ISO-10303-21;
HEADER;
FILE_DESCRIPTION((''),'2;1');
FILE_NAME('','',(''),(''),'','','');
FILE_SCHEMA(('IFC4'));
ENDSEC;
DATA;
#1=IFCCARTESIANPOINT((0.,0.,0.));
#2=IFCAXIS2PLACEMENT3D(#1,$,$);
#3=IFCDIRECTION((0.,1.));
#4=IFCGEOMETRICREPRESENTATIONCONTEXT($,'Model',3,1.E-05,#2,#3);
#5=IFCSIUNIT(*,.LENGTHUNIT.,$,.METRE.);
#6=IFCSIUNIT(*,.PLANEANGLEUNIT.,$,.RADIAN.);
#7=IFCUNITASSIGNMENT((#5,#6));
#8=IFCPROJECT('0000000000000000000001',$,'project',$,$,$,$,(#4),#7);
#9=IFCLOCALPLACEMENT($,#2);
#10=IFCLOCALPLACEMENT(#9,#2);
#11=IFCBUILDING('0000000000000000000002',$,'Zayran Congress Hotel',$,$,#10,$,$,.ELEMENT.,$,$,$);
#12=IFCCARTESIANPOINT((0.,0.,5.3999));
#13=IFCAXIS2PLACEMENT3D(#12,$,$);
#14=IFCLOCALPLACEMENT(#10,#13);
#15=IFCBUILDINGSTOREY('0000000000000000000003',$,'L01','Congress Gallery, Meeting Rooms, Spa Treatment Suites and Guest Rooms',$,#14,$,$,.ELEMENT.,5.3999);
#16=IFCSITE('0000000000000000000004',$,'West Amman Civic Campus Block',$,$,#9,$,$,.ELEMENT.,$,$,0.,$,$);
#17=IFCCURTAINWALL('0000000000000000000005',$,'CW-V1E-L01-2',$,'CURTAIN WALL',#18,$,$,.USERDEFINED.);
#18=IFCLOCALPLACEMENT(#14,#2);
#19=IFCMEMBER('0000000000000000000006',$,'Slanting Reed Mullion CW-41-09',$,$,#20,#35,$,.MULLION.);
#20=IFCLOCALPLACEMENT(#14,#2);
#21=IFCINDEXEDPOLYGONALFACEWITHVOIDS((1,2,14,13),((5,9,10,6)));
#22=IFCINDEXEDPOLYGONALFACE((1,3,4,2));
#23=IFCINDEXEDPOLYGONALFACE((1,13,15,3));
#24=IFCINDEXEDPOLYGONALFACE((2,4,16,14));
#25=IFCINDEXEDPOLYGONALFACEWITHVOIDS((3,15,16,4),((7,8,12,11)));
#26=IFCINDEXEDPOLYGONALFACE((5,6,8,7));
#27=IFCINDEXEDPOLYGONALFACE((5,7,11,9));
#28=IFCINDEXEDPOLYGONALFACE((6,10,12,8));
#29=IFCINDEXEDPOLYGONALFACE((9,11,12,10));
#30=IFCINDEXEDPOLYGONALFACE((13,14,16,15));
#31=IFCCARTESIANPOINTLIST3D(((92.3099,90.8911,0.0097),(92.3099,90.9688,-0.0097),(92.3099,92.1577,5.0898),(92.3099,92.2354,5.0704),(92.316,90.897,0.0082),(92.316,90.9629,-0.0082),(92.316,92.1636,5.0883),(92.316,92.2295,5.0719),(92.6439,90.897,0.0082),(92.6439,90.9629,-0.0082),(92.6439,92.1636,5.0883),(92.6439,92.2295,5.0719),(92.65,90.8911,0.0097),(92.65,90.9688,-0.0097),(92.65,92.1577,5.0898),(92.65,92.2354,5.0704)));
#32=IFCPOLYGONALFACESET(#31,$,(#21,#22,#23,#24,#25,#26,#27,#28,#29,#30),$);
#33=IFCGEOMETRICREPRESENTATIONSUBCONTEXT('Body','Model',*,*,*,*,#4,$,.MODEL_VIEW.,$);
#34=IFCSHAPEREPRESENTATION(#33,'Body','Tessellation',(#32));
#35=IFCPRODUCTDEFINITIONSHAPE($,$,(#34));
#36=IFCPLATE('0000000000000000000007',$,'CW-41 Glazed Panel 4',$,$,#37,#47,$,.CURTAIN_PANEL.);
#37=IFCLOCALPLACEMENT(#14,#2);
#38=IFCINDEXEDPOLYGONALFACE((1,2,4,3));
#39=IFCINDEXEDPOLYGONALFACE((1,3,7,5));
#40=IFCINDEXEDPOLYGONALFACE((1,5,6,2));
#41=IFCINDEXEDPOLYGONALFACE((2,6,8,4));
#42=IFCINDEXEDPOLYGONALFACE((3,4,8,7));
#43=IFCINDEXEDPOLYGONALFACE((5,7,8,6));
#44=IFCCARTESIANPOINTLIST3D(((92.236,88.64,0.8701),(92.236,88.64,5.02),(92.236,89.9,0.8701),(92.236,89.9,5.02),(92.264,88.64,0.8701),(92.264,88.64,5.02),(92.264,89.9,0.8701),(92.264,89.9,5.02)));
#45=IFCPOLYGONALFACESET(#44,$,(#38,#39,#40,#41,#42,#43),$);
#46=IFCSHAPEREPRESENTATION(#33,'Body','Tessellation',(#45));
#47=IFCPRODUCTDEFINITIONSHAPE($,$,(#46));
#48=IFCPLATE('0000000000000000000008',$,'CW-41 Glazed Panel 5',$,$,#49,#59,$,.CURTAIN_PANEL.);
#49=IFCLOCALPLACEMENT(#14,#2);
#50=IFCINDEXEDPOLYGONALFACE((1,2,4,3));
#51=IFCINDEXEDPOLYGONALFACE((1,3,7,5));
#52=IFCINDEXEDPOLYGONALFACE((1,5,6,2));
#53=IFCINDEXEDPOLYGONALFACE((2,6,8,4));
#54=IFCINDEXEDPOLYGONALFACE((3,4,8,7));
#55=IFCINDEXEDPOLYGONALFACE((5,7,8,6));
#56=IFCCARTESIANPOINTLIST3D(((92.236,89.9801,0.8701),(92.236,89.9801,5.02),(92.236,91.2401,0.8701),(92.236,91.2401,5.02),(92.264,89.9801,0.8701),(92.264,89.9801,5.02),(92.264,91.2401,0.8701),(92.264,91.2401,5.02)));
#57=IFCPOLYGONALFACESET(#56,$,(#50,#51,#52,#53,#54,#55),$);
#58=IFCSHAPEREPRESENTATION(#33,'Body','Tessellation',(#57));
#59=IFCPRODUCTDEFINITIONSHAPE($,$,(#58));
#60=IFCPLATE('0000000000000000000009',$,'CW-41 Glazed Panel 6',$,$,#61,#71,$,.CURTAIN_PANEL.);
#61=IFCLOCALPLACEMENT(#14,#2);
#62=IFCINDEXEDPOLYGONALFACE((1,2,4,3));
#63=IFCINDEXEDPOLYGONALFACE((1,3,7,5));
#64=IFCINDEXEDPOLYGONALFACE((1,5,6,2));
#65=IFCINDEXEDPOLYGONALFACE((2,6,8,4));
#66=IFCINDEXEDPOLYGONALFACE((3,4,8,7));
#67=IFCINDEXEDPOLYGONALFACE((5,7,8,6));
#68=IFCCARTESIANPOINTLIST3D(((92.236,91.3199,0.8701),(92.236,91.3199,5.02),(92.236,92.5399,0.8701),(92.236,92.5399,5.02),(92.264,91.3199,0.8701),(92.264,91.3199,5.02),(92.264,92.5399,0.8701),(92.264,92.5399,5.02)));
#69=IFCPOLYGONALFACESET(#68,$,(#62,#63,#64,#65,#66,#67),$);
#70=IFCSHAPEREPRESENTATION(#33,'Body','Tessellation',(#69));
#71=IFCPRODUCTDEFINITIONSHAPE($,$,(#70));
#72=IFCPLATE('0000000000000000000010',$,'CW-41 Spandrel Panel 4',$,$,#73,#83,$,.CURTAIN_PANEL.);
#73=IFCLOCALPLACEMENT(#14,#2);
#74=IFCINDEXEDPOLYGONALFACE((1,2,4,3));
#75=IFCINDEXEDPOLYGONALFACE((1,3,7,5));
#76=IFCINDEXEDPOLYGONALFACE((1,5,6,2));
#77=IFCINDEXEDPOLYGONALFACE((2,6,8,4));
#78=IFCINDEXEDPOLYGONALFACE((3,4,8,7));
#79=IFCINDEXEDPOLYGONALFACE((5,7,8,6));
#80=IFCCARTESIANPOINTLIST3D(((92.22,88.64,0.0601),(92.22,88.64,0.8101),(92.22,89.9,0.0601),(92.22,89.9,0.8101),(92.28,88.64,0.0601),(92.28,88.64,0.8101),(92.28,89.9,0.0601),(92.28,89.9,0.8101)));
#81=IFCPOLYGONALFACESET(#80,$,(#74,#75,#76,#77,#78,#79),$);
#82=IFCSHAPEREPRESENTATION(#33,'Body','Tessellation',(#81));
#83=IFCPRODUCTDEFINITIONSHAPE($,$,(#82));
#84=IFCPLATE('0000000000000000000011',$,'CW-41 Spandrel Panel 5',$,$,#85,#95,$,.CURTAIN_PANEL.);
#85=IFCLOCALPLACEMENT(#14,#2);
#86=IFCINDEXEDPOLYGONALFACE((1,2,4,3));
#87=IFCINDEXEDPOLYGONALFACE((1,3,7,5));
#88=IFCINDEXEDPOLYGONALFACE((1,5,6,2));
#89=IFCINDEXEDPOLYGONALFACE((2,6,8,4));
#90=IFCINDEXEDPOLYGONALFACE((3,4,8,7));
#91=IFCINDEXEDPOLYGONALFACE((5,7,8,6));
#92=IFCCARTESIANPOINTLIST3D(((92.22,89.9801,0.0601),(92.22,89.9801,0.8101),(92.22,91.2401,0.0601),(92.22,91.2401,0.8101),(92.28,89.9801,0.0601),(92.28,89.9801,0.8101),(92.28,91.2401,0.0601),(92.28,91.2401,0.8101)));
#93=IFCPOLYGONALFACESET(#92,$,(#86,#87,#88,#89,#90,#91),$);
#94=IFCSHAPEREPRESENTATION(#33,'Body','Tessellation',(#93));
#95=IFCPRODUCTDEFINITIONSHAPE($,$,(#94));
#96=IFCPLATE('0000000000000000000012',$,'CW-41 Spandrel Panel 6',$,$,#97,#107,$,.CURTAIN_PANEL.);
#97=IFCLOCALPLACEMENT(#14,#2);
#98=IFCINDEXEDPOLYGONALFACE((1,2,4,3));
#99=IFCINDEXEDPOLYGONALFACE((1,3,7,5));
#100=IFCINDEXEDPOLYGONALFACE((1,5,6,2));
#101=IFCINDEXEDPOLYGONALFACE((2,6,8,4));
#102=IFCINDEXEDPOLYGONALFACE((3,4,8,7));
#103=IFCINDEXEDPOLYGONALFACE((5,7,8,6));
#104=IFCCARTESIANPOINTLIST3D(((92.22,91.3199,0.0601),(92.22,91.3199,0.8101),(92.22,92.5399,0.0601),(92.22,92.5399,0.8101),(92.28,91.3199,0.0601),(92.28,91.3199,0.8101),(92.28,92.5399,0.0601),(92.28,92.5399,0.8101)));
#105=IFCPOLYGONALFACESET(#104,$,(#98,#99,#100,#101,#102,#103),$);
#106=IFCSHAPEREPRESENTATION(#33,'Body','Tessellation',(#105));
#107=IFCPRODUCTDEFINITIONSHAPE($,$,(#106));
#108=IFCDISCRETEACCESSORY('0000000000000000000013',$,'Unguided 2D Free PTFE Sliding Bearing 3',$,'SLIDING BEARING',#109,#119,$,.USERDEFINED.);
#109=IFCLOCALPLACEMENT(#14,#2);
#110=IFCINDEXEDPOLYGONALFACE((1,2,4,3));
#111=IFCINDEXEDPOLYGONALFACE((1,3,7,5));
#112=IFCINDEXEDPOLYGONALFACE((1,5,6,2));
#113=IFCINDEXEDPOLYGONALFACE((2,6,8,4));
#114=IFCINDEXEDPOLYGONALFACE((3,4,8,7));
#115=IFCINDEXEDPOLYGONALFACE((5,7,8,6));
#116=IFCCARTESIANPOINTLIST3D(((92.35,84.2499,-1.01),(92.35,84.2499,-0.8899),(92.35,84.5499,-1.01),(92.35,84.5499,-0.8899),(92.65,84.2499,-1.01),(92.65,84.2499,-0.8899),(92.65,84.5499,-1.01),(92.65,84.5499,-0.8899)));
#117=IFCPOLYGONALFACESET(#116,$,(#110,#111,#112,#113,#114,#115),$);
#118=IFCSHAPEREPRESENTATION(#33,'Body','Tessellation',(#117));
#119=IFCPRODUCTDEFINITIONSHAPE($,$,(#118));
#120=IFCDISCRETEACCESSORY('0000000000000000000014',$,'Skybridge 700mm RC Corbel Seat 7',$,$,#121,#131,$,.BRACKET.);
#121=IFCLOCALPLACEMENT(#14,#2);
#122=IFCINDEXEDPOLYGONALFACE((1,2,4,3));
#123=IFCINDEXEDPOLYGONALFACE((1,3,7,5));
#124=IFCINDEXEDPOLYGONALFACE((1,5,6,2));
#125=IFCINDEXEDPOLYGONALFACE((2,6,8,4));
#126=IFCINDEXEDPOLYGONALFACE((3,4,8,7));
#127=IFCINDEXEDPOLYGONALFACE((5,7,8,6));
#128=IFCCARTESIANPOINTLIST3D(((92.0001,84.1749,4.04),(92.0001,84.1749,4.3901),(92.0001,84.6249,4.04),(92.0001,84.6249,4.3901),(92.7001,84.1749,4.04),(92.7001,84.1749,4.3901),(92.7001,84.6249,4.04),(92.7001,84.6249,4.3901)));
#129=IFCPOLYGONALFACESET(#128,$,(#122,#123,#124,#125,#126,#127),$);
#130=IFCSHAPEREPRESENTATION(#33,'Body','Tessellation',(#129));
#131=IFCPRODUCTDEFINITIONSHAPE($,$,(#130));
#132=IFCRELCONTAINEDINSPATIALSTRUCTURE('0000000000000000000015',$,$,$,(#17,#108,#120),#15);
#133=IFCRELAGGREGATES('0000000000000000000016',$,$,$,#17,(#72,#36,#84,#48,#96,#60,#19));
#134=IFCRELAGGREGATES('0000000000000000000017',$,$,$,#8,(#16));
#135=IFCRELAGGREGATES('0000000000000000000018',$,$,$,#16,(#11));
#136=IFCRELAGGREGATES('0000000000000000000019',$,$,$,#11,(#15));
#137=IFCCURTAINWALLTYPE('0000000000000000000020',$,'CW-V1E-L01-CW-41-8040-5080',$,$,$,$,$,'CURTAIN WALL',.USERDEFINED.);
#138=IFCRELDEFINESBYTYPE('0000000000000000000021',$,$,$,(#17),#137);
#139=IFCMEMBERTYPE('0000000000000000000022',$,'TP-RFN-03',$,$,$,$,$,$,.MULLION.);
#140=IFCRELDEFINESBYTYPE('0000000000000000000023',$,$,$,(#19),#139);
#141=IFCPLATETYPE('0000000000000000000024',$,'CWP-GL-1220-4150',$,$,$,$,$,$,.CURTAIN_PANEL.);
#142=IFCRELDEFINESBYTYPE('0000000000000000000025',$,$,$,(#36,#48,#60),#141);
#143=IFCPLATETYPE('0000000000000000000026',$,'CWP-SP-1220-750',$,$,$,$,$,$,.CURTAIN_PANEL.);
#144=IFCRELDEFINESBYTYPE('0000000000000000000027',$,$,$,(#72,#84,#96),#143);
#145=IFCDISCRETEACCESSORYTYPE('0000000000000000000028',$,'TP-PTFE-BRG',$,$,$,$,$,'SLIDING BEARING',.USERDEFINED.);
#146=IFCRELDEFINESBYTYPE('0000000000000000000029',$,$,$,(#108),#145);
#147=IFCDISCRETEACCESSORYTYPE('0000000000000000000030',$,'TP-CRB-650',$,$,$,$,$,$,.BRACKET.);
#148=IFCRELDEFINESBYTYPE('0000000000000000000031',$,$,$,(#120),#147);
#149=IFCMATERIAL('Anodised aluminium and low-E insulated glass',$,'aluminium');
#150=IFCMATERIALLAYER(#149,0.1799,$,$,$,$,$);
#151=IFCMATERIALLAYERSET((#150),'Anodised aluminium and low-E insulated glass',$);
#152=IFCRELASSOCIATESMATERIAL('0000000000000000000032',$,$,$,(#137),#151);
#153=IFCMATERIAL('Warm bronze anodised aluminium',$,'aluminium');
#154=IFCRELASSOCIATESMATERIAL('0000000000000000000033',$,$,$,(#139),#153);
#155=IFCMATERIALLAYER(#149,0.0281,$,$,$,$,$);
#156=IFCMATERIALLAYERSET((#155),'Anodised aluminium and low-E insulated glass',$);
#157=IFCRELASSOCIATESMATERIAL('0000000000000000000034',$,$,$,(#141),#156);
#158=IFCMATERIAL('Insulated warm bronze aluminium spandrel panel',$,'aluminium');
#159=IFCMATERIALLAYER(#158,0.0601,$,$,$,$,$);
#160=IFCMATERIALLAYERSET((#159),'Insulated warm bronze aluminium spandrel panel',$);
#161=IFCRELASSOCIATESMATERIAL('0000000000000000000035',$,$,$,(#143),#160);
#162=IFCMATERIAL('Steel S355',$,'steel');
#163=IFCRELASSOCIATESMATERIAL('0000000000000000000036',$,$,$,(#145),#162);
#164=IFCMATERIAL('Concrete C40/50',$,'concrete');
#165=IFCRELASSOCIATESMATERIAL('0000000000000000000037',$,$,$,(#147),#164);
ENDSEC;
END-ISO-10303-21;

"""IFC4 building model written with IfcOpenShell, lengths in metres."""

from ifc_helpers import new_model, si_unit, direction, frame, origin, origin_2d, place, context, subcontext, project, spatial, rectangle, hollow_rectangle, extrude, material, layer, layer_set, material_profile, profile_set, type_object, element, aggregate, save


model = new_model("IFC4")

# Units and contexts
model_context = context("Model", 3, precision=1e-05, world=origin(), true_north=direction((0.0, 1.0)))
body_context = subcontext(model_context, "Body", "Model", "MODEL_VIEW")
ifc_project = project(units=[si_unit("LENGTHUNIT", "METRE"), si_unit("PLANEANGLEUNIT", "RADIAN")], contexts=[model_context])

# Site, building, storey
site_placement = place(None, origin())
site = spatial("IfcSite", under=ifc_project, at=site_placement, Name="West Amman Civic Campus Block", CompositionType="ELEMENT", RefElevation=0.0)
building_placement = place(site_placement, origin())
building = spatial("IfcBuilding", under=site, at=building_placement, Name="Zayran Congress Hotel", CompositionType="ELEMENT")
storey_placement = place(building_placement, frame((0.0, 0.0, 5.3999)))
storey = spatial("IfcBuildingStorey", under=building, at=storey_placement, Name="L01", Description="Congress Gallery, Meeting Rooms, Spa Treatment Suites and Guest Rooms", CompositionType="ELEMENT", Elevation=5.3999)

# Curtain wall
ifc_material_1 = material(Name="Anodised aluminium and low-E insulated glass", Category="aluminium")
ifc_layer_1 = layer(ifc_material_1, 0.1799)
ifc_layer_set_1 = layer_set([ifc_layer_1], Name="Anodised aluminium and low-E insulated glass")
curtain_wall_type_1 = type_object("IfcCurtainWallType", Name="CW-V1E-L01-CW-41-8040-5080", ElementType="CURTAIN WALL", PredefinedType="USERDEFINED", material=ifc_layer_set_1)
curtain_wall_1_placement = place(storey_placement, origin())
curtain_wall_1 = element("IfcCurtainWall", 1, at=curtain_wall_1_placement, inside=storey, type_object=curtain_wall_type_1, Name="CW-V1E-L01-2", ObjectType="CURTAIN WALL", PredefinedType="USERDEFINED")

# Member
ifc_material_2 = material(Name="Warm bronze anodised aluminium", Category="aluminium")
ifc_material_profile_1 = material_profile(ifc_material_2, hollow_rectangle(XDim=0.0801, YDim=0.3401, WallThickness=0.0061, at=origin_2d()), Name="RHS 340x80x6")
ifc_profile_set_1 = profile_set([ifc_material_profile_1], Name="Warm bronze anodised aluminium")
member_type_1 = type_object("IfcMemberType", Name="TP-RFN-03", PredefinedType="MULLION", material=ifc_profile_set_1)
member_1_placement = place(storey_placement, frame((92.48, 90.9299, 0.0), z_axis=(0.0, 0.241921, 0.970296), x_axis=(0.0, -0.970296, 0.241921)))
member_1 = element("IfcMember", 2, at=member_1_placement, type_object=member_type_1, Name="Slanting Reed Mullion CW-41-09", PredefinedType="MULLION", context=body_context, shape_type="SweptSolid", body=[
    extrude(hollow_rectangle(XDim=0.0801, YDim=0.3401, WallThickness=0.0061, at=origin_2d()), origin(), (0.0, 0.0, 1.0), 5.2356),
])

# Plates
ifc_layer_2 = layer(ifc_material_1, 0.0281)
ifc_layer_set_2 = layer_set([ifc_layer_2], Name="Anodised aluminium and low-E insulated glass")
plate_type_1 = type_object("IfcPlateType", Name="CWP-GL-1220-4150", PredefinedType="CURTAIN_PANEL", material=ifc_layer_set_2)
plate_1_placement = place(storey_placement, frame((92.25, 89.27, 0.8701), z_axis=(0.0, 0.0, 1.0), x_axis=(0.0, 1.0, 0.0)))
plate_1 = element("IfcPlate", 3, at=plate_1_placement, type_object=plate_type_1, Name="CW-41 Glazed Panel 4", PredefinedType="CURTAIN_PANEL", context=body_context, shape_type="SweptSolid", body=[
    extrude(rectangle(XDim=1.26, YDim=0.0281, at=origin_2d()), origin(), (0.0, 0.0, 1.0), 4.1499),
])
plate_2_placement = place(storey_placement, frame((92.25, 90.6101, 0.8701), z_axis=(0.0, 0.0, 1.0), x_axis=(0.0, 1.0, 0.0)))
plate_2 = element("IfcPlate", 4, at=plate_2_placement, type_object=plate_type_1, Name="CW-41 Glazed Panel 5", PredefinedType="CURTAIN_PANEL", context=body_context, shape_type="SweptSolid", body=[
    extrude(rectangle(XDim=1.26, YDim=0.0281, at=origin_2d()), origin(), (0.0, 0.0, 1.0), 4.1499),
])
plate_3_placement = place(storey_placement, frame((92.25, 91.9299, 0.8701), z_axis=(0.0, 0.0, 1.0), x_axis=(0.0, 1.0, 0.0)))
plate_3 = element("IfcPlate", 5, at=plate_3_placement, type_object=plate_type_1, Name="CW-41 Glazed Panel 6", PredefinedType="CURTAIN_PANEL", context=body_context, shape_type="SweptSolid", body=[
    extrude(rectangle(XDim=1.22, YDim=0.0281, at=origin_2d()), origin(), (0.0, 0.0, 1.0), 4.1499),
])
ifc_material_3 = material(Name="Insulated warm bronze aluminium spandrel panel", Category="aluminium")
ifc_layer_3 = layer(ifc_material_3, 0.0601)
ifc_layer_set_3 = layer_set([ifc_layer_3], Name="Insulated warm bronze aluminium spandrel panel")
plate_type_2 = type_object("IfcPlateType", Name="CWP-SP-1220-750", PredefinedType="CURTAIN_PANEL", material=ifc_layer_set_3)
plate_4_placement = place(storey_placement, frame((92.25, 89.27, 0.0601), z_axis=(0.0, 0.0, 1.0), x_axis=(0.0, 1.0, 0.0)))
plate_4 = element("IfcPlate", 6, at=plate_4_placement, type_object=plate_type_2, Name="CW-41 Spandrel Panel 4", PredefinedType="CURTAIN_PANEL", context=body_context, shape_type="SweptSolid", body=[
    extrude(rectangle(XDim=1.26, YDim=0.0601, at=origin_2d()), origin(), (0.0, 0.0, 1.0), 0.75),
])
plate_5_placement = place(storey_placement, frame((92.25, 90.6101, 0.0601), z_axis=(0.0, 0.0, 1.0), x_axis=(0.0, 1.0, 0.0)))
plate_5 = element("IfcPlate", 7, at=plate_5_placement, type_object=plate_type_2, Name="CW-41 Spandrel Panel 5", PredefinedType="CURTAIN_PANEL", context=body_context, shape_type="SweptSolid", body=[
    extrude(rectangle(XDim=1.26, YDim=0.0601, at=origin_2d()), origin(), (0.0, 0.0, 1.0), 0.75),
])
plate_6_placement = place(storey_placement, frame((92.25, 91.9299, 0.0601), z_axis=(0.0, 0.0, 1.0), x_axis=(0.0, 1.0, 0.0)))
plate_6 = element("IfcPlate", 8, at=plate_6_placement, type_object=plate_type_2, Name="CW-41 Spandrel Panel 6", PredefinedType="CURTAIN_PANEL", context=body_context, shape_type="SweptSolid", body=[
    extrude(rectangle(XDim=1.22, YDim=0.0601, at=origin_2d()), origin(), (0.0, 0.0, 1.0), 0.75),
])
aggregate(curtain_wall_1, [plate_4, plate_1, plate_5, plate_2, plate_6, plate_3, member_1])

# Discrete accessories
ifc_material_4 = material(Name="Steel S355", Category="steel")
discrete_accessory_type_1 = type_object("IfcDiscreteAccessoryType", Name="TP-PTFE-BRG", ElementType="SLIDING BEARING", PredefinedType="USERDEFINED", material=ifc_material_4)
discrete_accessory_1_placement = place(storey_placement, frame((92.5, 84.3999, -1.01), z_axis=(0.0, 0.0, 1.0), x_axis=(1.0, 0.0, 0.0)))
element("IfcDiscreteAccessory", 9, at=discrete_accessory_1_placement, inside=storey, type_object=discrete_accessory_type_1, Name="Unguided 2D Free PTFE Sliding Bearing 3", ObjectType="SLIDING BEARING", PredefinedType="USERDEFINED", context=body_context, shape_type="SweptSolid", body=[
    extrude(rectangle(XDim=0.3, YDim=0.3, at=origin_2d()), origin(), (0.0, 0.0, 1.0), 0.1201),
])
ifc_material_5 = material(Name="Concrete C40/50", Category="concrete")
discrete_accessory_type_2 = type_object("IfcDiscreteAccessoryType", Name="TP-CRB-650", PredefinedType="BRACKET", material=ifc_material_5)
discrete_accessory_2_placement = place(storey_placement, frame((92.3501, 84.3999, 4.04), z_axis=(0.0, 0.0, 1.0), x_axis=(1.0, 0.0, 0.0)))
element("IfcDiscreteAccessory", 10, at=discrete_accessory_2_placement, inside=storey, type_object=discrete_accessory_type_2, Name="Skybridge 700mm RC Corbel Seat 7", PredefinedType="BRACKET", context=body_context, shape_type="SweptSolid", body=[
    extrude(rectangle(XDim=0.7, YDim=0.45, at=origin_2d()), origin(), (0.0, 0.0, 1.0), 0.3501),
])

save(model, "model.ifc")
